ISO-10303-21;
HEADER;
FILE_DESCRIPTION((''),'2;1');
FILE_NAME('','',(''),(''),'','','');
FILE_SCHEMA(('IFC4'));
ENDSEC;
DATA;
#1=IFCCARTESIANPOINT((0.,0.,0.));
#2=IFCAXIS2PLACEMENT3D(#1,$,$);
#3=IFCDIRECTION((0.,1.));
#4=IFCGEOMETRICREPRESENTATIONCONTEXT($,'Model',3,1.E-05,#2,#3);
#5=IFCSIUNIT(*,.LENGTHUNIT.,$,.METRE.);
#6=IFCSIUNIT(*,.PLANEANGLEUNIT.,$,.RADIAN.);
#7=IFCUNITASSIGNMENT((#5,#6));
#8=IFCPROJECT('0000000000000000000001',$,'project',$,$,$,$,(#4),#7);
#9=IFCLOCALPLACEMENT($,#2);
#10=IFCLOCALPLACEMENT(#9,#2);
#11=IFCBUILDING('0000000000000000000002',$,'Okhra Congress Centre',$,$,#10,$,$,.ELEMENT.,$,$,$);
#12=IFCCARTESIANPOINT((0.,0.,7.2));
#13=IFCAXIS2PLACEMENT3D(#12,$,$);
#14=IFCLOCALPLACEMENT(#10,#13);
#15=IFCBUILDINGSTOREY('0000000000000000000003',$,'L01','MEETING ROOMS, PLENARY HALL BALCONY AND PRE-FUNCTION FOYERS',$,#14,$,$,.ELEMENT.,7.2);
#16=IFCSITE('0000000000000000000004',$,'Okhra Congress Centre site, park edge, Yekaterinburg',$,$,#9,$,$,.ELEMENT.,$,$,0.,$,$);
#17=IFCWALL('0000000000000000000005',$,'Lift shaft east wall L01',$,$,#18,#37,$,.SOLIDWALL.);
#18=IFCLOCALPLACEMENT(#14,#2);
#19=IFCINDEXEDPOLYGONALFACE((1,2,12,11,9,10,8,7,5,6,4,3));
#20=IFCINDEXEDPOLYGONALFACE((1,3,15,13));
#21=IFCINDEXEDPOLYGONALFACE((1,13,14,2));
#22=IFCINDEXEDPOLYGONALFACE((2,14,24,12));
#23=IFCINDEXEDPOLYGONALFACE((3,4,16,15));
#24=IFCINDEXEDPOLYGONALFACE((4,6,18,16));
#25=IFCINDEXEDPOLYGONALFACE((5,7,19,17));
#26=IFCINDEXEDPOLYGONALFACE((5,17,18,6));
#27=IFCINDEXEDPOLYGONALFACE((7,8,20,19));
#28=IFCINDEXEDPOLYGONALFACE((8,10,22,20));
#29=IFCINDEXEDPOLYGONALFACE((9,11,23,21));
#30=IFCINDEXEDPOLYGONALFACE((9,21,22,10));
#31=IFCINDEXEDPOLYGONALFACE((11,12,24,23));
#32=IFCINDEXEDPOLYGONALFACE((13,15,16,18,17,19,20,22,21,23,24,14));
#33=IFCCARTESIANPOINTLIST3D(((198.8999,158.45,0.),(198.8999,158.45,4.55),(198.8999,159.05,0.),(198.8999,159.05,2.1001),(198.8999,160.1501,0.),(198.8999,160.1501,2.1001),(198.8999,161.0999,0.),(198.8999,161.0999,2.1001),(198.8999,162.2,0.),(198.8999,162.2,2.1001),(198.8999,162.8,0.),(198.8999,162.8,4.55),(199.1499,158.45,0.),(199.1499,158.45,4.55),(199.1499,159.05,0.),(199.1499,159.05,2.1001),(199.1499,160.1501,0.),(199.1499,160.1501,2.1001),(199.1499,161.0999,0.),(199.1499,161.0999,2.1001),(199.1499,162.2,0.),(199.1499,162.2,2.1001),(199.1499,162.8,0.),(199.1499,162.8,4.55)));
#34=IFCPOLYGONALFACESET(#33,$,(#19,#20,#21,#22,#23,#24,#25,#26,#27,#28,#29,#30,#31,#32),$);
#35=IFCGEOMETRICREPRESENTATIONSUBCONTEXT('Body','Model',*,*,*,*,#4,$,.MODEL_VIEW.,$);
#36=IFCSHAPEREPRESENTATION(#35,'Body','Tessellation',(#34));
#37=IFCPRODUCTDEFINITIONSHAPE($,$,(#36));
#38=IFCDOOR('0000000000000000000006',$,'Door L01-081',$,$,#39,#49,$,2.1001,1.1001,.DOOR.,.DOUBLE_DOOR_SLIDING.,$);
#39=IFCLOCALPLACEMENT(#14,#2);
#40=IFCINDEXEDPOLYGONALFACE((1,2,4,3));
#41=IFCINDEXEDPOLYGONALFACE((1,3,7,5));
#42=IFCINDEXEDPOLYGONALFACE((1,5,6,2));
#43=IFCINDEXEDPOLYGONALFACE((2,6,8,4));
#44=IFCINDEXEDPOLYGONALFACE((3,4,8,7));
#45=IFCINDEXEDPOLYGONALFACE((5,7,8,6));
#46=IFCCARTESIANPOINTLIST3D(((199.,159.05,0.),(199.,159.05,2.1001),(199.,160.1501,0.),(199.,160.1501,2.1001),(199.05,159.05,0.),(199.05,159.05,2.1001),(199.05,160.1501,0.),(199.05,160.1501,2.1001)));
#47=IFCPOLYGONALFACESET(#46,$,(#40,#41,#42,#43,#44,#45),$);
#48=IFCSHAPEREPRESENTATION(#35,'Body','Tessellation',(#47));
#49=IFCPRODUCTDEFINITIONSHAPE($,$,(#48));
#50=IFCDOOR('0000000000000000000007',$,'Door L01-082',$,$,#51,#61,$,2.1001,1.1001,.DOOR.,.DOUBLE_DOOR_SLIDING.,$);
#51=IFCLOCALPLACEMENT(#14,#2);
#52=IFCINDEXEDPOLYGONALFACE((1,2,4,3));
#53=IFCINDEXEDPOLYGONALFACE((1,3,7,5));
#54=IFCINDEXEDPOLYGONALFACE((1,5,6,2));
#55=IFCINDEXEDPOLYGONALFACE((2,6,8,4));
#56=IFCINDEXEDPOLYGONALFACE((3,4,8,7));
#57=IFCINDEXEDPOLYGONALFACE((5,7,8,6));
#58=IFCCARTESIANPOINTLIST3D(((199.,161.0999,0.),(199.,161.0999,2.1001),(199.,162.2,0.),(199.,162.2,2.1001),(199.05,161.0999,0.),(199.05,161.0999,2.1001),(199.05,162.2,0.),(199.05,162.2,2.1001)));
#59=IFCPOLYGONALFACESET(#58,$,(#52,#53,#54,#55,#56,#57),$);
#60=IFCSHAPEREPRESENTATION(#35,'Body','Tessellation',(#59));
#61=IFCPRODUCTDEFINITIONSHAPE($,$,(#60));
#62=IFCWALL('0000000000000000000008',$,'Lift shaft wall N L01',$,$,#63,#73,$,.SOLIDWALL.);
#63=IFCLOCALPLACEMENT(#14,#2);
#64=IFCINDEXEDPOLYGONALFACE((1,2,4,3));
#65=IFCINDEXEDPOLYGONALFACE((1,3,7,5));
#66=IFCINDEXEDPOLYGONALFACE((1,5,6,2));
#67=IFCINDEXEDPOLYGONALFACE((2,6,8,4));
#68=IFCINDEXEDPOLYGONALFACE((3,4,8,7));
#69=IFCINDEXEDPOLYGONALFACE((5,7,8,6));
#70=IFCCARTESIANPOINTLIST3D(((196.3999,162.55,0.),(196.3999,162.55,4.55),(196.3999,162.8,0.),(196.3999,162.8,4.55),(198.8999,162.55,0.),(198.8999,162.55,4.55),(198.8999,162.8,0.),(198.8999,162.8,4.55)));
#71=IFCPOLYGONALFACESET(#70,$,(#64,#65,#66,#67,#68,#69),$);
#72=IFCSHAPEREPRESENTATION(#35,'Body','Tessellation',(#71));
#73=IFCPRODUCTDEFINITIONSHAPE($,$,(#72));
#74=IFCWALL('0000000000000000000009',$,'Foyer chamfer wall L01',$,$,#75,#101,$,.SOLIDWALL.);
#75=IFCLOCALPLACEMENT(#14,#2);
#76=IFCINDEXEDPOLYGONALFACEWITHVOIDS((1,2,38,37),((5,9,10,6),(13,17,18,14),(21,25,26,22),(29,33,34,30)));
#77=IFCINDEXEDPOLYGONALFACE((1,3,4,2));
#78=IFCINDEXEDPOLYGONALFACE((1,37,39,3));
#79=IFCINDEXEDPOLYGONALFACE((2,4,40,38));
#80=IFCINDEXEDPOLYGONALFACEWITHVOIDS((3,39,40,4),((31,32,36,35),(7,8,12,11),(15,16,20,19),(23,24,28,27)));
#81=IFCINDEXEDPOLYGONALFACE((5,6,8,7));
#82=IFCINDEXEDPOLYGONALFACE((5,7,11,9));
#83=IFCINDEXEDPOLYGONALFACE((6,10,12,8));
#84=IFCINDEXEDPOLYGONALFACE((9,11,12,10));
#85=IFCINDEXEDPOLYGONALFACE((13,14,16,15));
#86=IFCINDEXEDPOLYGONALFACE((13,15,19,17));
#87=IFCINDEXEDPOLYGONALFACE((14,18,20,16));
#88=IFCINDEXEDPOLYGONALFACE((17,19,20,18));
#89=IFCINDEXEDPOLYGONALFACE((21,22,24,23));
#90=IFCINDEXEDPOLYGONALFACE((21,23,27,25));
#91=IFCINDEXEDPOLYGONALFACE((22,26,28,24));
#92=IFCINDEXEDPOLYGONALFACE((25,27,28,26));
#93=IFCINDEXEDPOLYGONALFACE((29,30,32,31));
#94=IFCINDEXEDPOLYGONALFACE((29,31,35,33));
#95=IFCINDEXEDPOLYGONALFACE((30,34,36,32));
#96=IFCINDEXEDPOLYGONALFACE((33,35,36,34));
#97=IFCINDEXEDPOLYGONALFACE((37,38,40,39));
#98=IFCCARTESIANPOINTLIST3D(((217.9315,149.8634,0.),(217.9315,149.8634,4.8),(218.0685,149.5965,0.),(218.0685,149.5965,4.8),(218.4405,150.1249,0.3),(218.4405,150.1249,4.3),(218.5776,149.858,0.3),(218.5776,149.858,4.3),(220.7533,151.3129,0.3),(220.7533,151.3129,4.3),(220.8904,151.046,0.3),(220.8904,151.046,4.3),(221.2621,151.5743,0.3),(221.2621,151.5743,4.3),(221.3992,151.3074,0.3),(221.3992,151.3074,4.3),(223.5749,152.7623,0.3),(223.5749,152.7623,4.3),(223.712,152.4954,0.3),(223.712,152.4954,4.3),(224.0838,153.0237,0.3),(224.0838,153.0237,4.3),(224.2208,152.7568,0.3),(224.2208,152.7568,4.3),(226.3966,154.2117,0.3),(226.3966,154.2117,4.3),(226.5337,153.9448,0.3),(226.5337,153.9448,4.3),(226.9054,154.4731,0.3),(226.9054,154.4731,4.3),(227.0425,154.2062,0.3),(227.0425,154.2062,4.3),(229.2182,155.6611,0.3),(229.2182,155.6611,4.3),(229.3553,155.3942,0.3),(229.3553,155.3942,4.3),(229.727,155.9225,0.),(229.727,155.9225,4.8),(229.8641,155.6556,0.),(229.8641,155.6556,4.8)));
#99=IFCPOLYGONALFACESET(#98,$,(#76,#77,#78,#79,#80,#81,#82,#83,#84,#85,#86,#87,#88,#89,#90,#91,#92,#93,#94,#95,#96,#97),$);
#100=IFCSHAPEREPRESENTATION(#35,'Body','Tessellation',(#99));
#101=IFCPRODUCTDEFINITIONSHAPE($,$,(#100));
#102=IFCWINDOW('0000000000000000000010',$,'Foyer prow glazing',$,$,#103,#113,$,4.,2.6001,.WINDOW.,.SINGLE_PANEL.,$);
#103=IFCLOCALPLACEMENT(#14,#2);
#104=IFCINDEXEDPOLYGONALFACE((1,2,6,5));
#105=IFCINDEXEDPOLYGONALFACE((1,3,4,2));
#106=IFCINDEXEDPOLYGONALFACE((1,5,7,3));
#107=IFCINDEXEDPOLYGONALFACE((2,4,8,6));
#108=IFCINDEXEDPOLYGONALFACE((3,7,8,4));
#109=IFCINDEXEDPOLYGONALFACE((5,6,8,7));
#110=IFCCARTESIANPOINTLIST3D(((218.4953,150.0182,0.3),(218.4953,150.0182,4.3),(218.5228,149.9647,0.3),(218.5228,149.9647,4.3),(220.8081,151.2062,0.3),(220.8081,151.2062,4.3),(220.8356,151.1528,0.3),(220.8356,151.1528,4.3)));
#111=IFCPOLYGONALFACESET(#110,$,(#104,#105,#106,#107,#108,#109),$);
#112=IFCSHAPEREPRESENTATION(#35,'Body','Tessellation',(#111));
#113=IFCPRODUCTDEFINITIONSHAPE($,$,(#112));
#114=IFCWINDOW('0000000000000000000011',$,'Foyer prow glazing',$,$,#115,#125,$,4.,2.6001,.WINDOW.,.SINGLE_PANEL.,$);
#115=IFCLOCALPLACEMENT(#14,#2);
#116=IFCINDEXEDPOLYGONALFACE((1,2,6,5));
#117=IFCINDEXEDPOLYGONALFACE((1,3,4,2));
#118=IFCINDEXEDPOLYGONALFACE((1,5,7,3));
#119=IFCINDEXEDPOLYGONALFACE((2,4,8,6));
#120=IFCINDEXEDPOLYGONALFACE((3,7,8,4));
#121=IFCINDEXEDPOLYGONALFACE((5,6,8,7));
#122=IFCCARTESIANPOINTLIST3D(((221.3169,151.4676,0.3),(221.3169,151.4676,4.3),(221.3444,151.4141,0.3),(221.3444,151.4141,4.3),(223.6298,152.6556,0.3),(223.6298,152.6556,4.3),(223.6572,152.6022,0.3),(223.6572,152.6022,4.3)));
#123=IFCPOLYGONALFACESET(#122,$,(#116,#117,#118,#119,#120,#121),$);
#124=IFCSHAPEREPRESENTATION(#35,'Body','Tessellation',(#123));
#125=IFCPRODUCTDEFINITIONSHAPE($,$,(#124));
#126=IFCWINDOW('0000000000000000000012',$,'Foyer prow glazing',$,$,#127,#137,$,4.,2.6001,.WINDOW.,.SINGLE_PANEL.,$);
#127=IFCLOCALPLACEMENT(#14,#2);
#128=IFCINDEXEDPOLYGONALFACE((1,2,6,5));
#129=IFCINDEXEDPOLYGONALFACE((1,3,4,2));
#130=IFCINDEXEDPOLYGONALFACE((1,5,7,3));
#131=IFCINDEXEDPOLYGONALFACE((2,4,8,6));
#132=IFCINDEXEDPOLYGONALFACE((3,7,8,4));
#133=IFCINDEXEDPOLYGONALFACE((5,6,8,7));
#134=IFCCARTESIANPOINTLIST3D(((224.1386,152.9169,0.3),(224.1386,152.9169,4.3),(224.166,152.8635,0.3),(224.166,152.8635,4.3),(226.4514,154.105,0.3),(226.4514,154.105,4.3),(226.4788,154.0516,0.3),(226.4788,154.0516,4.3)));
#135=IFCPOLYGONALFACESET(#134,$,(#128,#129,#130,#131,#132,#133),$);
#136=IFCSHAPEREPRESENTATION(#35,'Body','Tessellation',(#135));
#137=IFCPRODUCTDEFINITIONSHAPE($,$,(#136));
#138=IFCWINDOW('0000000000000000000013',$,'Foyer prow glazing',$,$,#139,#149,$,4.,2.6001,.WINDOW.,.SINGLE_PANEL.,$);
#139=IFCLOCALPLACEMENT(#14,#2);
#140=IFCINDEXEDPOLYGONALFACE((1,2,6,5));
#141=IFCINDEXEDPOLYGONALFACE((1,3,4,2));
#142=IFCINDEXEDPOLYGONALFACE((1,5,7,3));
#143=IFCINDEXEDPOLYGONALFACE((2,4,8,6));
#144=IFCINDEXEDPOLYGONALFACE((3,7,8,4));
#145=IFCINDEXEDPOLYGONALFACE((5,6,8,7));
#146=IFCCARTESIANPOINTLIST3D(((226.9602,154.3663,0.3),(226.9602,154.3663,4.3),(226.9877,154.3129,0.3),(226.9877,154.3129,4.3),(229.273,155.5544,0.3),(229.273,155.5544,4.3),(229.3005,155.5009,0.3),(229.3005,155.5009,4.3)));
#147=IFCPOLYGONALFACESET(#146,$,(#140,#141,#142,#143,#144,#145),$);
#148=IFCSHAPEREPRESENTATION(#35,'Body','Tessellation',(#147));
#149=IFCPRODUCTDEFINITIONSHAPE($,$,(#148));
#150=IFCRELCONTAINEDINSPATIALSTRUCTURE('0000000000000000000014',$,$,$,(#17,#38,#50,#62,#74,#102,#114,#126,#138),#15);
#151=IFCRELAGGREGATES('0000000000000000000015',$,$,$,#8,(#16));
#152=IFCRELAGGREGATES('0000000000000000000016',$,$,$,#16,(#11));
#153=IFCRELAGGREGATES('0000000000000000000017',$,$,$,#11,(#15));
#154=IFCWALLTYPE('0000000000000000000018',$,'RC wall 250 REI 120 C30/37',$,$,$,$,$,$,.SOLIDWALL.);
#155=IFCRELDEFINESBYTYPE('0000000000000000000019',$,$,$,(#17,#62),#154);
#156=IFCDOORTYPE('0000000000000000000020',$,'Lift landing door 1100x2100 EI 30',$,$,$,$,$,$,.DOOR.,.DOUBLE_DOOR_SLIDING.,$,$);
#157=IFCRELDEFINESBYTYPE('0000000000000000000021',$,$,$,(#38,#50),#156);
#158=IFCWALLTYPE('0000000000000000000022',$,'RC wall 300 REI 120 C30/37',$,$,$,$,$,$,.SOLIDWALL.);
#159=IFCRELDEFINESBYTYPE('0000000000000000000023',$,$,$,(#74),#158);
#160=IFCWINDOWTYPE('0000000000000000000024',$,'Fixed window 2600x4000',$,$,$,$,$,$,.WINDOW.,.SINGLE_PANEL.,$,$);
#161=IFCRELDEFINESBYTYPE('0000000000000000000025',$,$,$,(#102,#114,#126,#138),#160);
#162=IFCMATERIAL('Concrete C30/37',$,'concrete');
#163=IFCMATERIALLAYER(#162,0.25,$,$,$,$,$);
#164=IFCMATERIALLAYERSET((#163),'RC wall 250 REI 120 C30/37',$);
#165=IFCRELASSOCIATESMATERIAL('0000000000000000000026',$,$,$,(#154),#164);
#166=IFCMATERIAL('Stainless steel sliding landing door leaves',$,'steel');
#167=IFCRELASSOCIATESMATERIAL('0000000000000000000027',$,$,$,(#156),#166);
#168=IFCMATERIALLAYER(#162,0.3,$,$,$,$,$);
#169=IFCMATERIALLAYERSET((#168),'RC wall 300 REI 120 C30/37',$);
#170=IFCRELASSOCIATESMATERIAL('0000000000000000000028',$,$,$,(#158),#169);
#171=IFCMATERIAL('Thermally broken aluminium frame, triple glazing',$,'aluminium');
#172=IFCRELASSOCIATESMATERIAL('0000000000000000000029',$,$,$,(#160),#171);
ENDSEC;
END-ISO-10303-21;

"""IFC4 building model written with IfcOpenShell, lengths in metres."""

from ifc_helpers import new_model, si_unit, direction, frame, frame_2d, origin, place, context, subcontext, project, spatial, rectangle, extrude, material, layer, layer_set, type_object, element, fill, save


model = new_model("IFC4")

# Units and contexts
model_context = context("Model", 3, precision=1e-05, world=origin(), true_north=direction((0.0, 1.0)))
body_context = subcontext(model_context, "Body", "Model", "MODEL_VIEW")
ifc_project = project(units=[si_unit("LENGTHUNIT", "METRE"), si_unit("PLANEANGLEUNIT", "RADIAN")], contexts=[model_context])

# Site, building, storey
site_placement = place(None, origin())
site = spatial("IfcSite", under=ifc_project, at=site_placement, Name="Okhra Congress Centre site, park edge, Yekaterinburg", CompositionType="ELEMENT", RefElevation=0.0)
building_placement = place(site_placement, origin())
building = spatial("IfcBuilding", under=site, at=building_placement, Name="Okhra Congress Centre", CompositionType="ELEMENT")
storey_placement = place(building_placement, frame((0.0, 0.0, 7.2)))
storey = spatial("IfcBuildingStorey", under=building, at=storey_placement, Name="L01", Description="MEETING ROOMS, PLENARY HALL BALCONY AND PRE-FUNCTION FOYERS", CompositionType="ELEMENT", Elevation=7.2)

# Shared definitions
ifc_material_1 = material(Name="Concrete C30/37", Category="concrete")

# Wall, openings, doors
ifc_layer_1 = layer(ifc_material_1, 0.25)
ifc_layer_set_1 = layer_set([ifc_layer_1], Name="RC wall 250 REI 120 C30/37")
wall_type_1 = type_object("IfcWallType", Name="RC wall 250 REI 120 C30/37", PredefinedType="SOLIDWALL", material=ifc_layer_set_1)
wall_1_placement = place(storey_placement, frame((199.0249, 158.45, 0.0), z_axis=(0.0, 0.0, 1.0), x_axis=(0.0, 1.0, 0.0)))
wall_1 = element("IfcWall", 1, at=wall_1_placement, inside=storey, type_object=wall_type_1, Name="Lift shaft east wall L01", PredefinedType="SOLIDWALL", context=body_context, shape_type="SweptSolid", body=[
    extrude(rectangle(XDim=4.3501, YDim=0.25, at=frame_2d((2.175, 0.0))), origin(), (0.0, 0.0, 1.0), 4.55),
])
opening_1_placement = place(wall_1_placement, frame((0.6001, 0.0, 0.0)))
opening_1 = element("IfcOpeningElement", 2, at=opening_1_placement, cuts=wall_1, PredefinedType="OPENING", context=body_context, shape_type="SweptSolid", body=[
    extrude(rectangle(XDim=1.1001, YDim=2.1001, at=frame_2d((0.55, 1.05))), frame((0.0, 0.135, 0.0), z_axis=(0.0, -1.0, 0.0), x_axis=(1.0, 0.0, 0.0)), (0.0, 0.0, 1.0), 0.27),
])
opening_2_placement = place(wall_1_placement, frame((2.6499, 0.0, 0.0)))
opening_2 = element("IfcOpeningElement", 3, at=opening_2_placement, cuts=wall_1, PredefinedType="OPENING", context=body_context, shape_type="SweptSolid", body=[
    extrude(rectangle(XDim=1.1001, YDim=2.1001, at=frame_2d((0.55, 1.05))), frame((0.0, 0.135, 0.0), z_axis=(0.0, -1.0, 0.0), x_axis=(1.0, 0.0, 0.0)), (0.0, 0.0, 1.0), 0.27),
])
ifc_material_2 = material(Name="Stainless steel sliding landing door leaves", Category="steel")
door_type = type_object("IfcDoorType", Name="Lift landing door 1100x2100 EI 30", OperationType="DOUBLE_DOOR_SLIDING", PredefinedType="DOOR", material=ifc_material_2)
door_1_placement = place(opening_1_placement, origin())
door_1 = element("IfcDoor", 4, at=door_1_placement, inside=storey, type_object=door_type, Name="Door L01-081", OperationType="DOUBLE_DOOR_SLIDING", OverallHeight=2.1001, OverallWidth=1.1001, PredefinedType="DOOR", context=body_context, shape_type="SweptSolid", body=[
    extrude(rectangle(XDim=1.1001, YDim=2.1001, at=frame_2d((0.55, 1.05))), frame((0.0, 0.0249, 0.0), z_axis=(0.0, -1.0, 0.0), x_axis=(1.0, 0.0, 0.0)), (0.0, 0.0, 1.0), 0.05),
])
fill(opening_1, door_1)
door_2_placement = place(opening_2_placement, origin())
door_2 = element("IfcDoor", 5, at=door_2_placement, inside=storey, type_object=door_type, Name="Door L01-082", OperationType="DOUBLE_DOOR_SLIDING", OverallHeight=2.1001, OverallWidth=1.1001, PredefinedType="DOOR", context=body_context, shape_type="SweptSolid", body=[
    extrude(rectangle(XDim=1.1001, YDim=2.1001, at=frame_2d((0.55, 1.05))), frame((0.0, 0.0249, 0.0), z_axis=(0.0, -1.0, 0.0), x_axis=(1.0, 0.0, 0.0)), (0.0, 0.0, 1.0), 0.05),
])
fill(opening_2, door_2)

# Wall
wall_2_placement = place(storey_placement, frame((196.3999, 162.675, 0.0), z_axis=(0.0, 0.0, 1.0), x_axis=(1.0, 0.0, 0.0)))
element("IfcWall", 6, at=wall_2_placement, inside=storey, type_object=wall_type_1, Name="Lift shaft wall N L01", PredefinedType="SOLIDWALL", context=body_context, shape_type="SweptSolid", body=[
    extrude(rectangle(XDim=2.5, YDim=0.25, at=frame_2d((1.25, 0.0))), origin(), (0.0, 0.0, 1.0), 4.55),
])

# Wall, openings, windows
ifc_layer_2 = layer(ifc_material_1, 0.3)
ifc_layer_set_2 = layer_set([ifc_layer_2], Name="RC wall 300 REI 120 C30/37")
wall_type_2 = type_object("IfcWallType", Name="RC wall 300 REI 120 C30/37", PredefinedType="SOLIDWALL", material=ifc_layer_set_2)
wall_3_placement = place(storey_placement, frame((218.0, 149.73, 0.0), z_axis=(0.0, 0.0, 1.0), x_axis=(0.88951, 0.456915, 0.0)))
wall_3 = element("IfcWall", 7, at=wall_3_placement, inside=storey, type_object=wall_type_2, Name="Foyer chamfer wall L01", PredefinedType="SOLIDWALL", context=body_context, shape_type="SweptSolid", body=[
    extrude(rectangle(XDim=13.2607, YDim=0.3, at=frame_2d((6.6304, 0.0))), origin(), (0.0, 0.0, 1.0), 4.8),
])
opening_3_placement = place(wall_3_placement, frame((0.5723, 0.0, 0.3)))
opening_3 = element("IfcOpeningElement", 8, at=opening_3_placement, cuts=wall_3, PredefinedType="OPENING", context=body_context, shape_type="SweptSolid", body=[
    extrude(rectangle(XDim=2.6001, YDim=4.0, at=frame_2d((1.3, 2.0))), frame((0.0, 0.1599, 0.0), z_axis=(0.0, -1.0, 0.0), x_axis=(1.0, 0.0, 0.0)), (0.0, 0.0, 1.0), 0.3201),
])
opening_4_placement = place(wall_3_placement, frame((3.7444, 0.0, 0.3)))
opening_4 = element("IfcOpeningElement", 9, at=opening_4_placement, cuts=wall_3, PredefinedType="OPENING", context=body_context, shape_type="SweptSolid", body=[
    extrude(rectangle(XDim=2.6001, YDim=4.0, at=frame_2d((1.3, 2.0))), frame((0.0, 0.1599, 0.0), z_axis=(0.0, -1.0, 0.0), x_axis=(1.0, 0.0, 0.0)), (0.0, 0.0, 1.0), 0.3201),
])
opening_5_placement = place(wall_3_placement, frame((6.9165, 0.0, 0.3)))
opening_5 = element("IfcOpeningElement", 10, at=opening_5_placement, cuts=wall_3, PredefinedType="OPENING", context=body_context, shape_type="SweptSolid", body=[
    extrude(rectangle(XDim=2.6001, YDim=4.0, at=frame_2d((1.3, 2.0))), frame((0.0, 0.1599, 0.0), z_axis=(0.0, -1.0, 0.0), x_axis=(1.0, 0.0, 0.0)), (0.0, 0.0, 1.0), 0.3201),
])
opening_6_placement = place(wall_3_placement, frame((10.0886, 0.0, 0.3)))
opening_6 = element("IfcOpeningElement", 11, at=opening_6_placement, cuts=wall_3, PredefinedType="OPENING", context=body_context, shape_type="SweptSolid", body=[
    extrude(rectangle(XDim=2.6001, YDim=4.0, at=frame_2d((1.3, 2.0))), frame((0.0, 0.1599, 0.0), z_axis=(0.0, -1.0, 0.0), x_axis=(1.0, 0.0, 0.0)), (0.0, 0.0, 1.0), 0.3201),
])
ifc_material_3 = material(Name="Thermally broken aluminium frame, triple glazing", Category="aluminium")
window_type = type_object("IfcWindowType", Name="Fixed window 2600x4000", PartitioningType="SINGLE_PANEL", PredefinedType="WINDOW", material=ifc_material_3)
window_1_placement = place(opening_3_placement, origin())
window_1 = element("IfcWindow", 12, at=window_1_placement, inside=storey, type_object=window_type, Name="Foyer prow glazing", OverallHeight=4.0, OverallWidth=2.6001, PartitioningType="SINGLE_PANEL", PredefinedType="WINDOW", context=body_context, shape_type="SweptSolid", body=[
    extrude(rectangle(XDim=2.6001, YDim=4.0, at=frame_2d((1.3, 2.0))), frame((0.0, 0.03, 0.0), z_axis=(0.0, -1.0, 0.0), x_axis=(1.0, 0.0, 0.0)), (0.0, 0.0, 1.0), 0.0601),
])
fill(opening_3, window_1)
window_2_placement = place(opening_4_placement, origin())
window_2 = element("IfcWindow", 13, at=window_2_placement, inside=storey, type_object=window_type, Name="Foyer prow glazing", OverallHeight=4.0, OverallWidth=2.6001, PartitioningType="SINGLE_PANEL", PredefinedType="WINDOW", context=body_context, shape_type="SweptSolid", body=[
    extrude(rectangle(XDim=2.6001, YDim=4.0, at=frame_2d((1.3, 2.0))), frame((0.0, 0.03, 0.0), z_axis=(0.0, -1.0, 0.0), x_axis=(1.0, 0.0, 0.0)), (0.0, 0.0, 1.0), 0.0601),
])
fill(opening_4, window_2)
window_3_placement = place(opening_5_placement, origin())
window_3 = element("IfcWindow", 14, at=window_3_placement, inside=storey, type_object=window_type, Name="Foyer prow glazing", OverallHeight=4.0, OverallWidth=2.6001, PartitioningType="SINGLE_PANEL", PredefinedType="WINDOW", context=body_context, shape_type="SweptSolid", body=[
    extrude(rectangle(XDim=2.6001, YDim=4.0, at=frame_2d((1.3, 2.0))), frame((0.0, 0.03, 0.0), z_axis=(0.0, -1.0, 0.0), x_axis=(1.0, 0.0, 0.0)), (0.0, 0.0, 1.0), 0.0601),
])
fill(opening_5, window_3)
window_4_placement = place(opening_6_placement, origin())
window_4 = element("IfcWindow", 15, at=window_4_placement, inside=storey, type_object=window_type, Name="Foyer prow glazing", OverallHeight=4.0, OverallWidth=2.6001, PartitioningType="SINGLE_PANEL", PredefinedType="WINDOW", context=body_context, shape_type="SweptSolid", body=[
    extrude(rectangle(XDim=2.6001, YDim=4.0, at=frame_2d((1.3, 2.0))), frame((0.0, 0.03, 0.0), z_axis=(0.0, -1.0, 0.0), x_axis=(1.0, 0.0, 0.0)), (0.0, 0.0, 1.0), 0.0601),
])
fill(opening_6, window_4)

save(model, "model.ifc")
